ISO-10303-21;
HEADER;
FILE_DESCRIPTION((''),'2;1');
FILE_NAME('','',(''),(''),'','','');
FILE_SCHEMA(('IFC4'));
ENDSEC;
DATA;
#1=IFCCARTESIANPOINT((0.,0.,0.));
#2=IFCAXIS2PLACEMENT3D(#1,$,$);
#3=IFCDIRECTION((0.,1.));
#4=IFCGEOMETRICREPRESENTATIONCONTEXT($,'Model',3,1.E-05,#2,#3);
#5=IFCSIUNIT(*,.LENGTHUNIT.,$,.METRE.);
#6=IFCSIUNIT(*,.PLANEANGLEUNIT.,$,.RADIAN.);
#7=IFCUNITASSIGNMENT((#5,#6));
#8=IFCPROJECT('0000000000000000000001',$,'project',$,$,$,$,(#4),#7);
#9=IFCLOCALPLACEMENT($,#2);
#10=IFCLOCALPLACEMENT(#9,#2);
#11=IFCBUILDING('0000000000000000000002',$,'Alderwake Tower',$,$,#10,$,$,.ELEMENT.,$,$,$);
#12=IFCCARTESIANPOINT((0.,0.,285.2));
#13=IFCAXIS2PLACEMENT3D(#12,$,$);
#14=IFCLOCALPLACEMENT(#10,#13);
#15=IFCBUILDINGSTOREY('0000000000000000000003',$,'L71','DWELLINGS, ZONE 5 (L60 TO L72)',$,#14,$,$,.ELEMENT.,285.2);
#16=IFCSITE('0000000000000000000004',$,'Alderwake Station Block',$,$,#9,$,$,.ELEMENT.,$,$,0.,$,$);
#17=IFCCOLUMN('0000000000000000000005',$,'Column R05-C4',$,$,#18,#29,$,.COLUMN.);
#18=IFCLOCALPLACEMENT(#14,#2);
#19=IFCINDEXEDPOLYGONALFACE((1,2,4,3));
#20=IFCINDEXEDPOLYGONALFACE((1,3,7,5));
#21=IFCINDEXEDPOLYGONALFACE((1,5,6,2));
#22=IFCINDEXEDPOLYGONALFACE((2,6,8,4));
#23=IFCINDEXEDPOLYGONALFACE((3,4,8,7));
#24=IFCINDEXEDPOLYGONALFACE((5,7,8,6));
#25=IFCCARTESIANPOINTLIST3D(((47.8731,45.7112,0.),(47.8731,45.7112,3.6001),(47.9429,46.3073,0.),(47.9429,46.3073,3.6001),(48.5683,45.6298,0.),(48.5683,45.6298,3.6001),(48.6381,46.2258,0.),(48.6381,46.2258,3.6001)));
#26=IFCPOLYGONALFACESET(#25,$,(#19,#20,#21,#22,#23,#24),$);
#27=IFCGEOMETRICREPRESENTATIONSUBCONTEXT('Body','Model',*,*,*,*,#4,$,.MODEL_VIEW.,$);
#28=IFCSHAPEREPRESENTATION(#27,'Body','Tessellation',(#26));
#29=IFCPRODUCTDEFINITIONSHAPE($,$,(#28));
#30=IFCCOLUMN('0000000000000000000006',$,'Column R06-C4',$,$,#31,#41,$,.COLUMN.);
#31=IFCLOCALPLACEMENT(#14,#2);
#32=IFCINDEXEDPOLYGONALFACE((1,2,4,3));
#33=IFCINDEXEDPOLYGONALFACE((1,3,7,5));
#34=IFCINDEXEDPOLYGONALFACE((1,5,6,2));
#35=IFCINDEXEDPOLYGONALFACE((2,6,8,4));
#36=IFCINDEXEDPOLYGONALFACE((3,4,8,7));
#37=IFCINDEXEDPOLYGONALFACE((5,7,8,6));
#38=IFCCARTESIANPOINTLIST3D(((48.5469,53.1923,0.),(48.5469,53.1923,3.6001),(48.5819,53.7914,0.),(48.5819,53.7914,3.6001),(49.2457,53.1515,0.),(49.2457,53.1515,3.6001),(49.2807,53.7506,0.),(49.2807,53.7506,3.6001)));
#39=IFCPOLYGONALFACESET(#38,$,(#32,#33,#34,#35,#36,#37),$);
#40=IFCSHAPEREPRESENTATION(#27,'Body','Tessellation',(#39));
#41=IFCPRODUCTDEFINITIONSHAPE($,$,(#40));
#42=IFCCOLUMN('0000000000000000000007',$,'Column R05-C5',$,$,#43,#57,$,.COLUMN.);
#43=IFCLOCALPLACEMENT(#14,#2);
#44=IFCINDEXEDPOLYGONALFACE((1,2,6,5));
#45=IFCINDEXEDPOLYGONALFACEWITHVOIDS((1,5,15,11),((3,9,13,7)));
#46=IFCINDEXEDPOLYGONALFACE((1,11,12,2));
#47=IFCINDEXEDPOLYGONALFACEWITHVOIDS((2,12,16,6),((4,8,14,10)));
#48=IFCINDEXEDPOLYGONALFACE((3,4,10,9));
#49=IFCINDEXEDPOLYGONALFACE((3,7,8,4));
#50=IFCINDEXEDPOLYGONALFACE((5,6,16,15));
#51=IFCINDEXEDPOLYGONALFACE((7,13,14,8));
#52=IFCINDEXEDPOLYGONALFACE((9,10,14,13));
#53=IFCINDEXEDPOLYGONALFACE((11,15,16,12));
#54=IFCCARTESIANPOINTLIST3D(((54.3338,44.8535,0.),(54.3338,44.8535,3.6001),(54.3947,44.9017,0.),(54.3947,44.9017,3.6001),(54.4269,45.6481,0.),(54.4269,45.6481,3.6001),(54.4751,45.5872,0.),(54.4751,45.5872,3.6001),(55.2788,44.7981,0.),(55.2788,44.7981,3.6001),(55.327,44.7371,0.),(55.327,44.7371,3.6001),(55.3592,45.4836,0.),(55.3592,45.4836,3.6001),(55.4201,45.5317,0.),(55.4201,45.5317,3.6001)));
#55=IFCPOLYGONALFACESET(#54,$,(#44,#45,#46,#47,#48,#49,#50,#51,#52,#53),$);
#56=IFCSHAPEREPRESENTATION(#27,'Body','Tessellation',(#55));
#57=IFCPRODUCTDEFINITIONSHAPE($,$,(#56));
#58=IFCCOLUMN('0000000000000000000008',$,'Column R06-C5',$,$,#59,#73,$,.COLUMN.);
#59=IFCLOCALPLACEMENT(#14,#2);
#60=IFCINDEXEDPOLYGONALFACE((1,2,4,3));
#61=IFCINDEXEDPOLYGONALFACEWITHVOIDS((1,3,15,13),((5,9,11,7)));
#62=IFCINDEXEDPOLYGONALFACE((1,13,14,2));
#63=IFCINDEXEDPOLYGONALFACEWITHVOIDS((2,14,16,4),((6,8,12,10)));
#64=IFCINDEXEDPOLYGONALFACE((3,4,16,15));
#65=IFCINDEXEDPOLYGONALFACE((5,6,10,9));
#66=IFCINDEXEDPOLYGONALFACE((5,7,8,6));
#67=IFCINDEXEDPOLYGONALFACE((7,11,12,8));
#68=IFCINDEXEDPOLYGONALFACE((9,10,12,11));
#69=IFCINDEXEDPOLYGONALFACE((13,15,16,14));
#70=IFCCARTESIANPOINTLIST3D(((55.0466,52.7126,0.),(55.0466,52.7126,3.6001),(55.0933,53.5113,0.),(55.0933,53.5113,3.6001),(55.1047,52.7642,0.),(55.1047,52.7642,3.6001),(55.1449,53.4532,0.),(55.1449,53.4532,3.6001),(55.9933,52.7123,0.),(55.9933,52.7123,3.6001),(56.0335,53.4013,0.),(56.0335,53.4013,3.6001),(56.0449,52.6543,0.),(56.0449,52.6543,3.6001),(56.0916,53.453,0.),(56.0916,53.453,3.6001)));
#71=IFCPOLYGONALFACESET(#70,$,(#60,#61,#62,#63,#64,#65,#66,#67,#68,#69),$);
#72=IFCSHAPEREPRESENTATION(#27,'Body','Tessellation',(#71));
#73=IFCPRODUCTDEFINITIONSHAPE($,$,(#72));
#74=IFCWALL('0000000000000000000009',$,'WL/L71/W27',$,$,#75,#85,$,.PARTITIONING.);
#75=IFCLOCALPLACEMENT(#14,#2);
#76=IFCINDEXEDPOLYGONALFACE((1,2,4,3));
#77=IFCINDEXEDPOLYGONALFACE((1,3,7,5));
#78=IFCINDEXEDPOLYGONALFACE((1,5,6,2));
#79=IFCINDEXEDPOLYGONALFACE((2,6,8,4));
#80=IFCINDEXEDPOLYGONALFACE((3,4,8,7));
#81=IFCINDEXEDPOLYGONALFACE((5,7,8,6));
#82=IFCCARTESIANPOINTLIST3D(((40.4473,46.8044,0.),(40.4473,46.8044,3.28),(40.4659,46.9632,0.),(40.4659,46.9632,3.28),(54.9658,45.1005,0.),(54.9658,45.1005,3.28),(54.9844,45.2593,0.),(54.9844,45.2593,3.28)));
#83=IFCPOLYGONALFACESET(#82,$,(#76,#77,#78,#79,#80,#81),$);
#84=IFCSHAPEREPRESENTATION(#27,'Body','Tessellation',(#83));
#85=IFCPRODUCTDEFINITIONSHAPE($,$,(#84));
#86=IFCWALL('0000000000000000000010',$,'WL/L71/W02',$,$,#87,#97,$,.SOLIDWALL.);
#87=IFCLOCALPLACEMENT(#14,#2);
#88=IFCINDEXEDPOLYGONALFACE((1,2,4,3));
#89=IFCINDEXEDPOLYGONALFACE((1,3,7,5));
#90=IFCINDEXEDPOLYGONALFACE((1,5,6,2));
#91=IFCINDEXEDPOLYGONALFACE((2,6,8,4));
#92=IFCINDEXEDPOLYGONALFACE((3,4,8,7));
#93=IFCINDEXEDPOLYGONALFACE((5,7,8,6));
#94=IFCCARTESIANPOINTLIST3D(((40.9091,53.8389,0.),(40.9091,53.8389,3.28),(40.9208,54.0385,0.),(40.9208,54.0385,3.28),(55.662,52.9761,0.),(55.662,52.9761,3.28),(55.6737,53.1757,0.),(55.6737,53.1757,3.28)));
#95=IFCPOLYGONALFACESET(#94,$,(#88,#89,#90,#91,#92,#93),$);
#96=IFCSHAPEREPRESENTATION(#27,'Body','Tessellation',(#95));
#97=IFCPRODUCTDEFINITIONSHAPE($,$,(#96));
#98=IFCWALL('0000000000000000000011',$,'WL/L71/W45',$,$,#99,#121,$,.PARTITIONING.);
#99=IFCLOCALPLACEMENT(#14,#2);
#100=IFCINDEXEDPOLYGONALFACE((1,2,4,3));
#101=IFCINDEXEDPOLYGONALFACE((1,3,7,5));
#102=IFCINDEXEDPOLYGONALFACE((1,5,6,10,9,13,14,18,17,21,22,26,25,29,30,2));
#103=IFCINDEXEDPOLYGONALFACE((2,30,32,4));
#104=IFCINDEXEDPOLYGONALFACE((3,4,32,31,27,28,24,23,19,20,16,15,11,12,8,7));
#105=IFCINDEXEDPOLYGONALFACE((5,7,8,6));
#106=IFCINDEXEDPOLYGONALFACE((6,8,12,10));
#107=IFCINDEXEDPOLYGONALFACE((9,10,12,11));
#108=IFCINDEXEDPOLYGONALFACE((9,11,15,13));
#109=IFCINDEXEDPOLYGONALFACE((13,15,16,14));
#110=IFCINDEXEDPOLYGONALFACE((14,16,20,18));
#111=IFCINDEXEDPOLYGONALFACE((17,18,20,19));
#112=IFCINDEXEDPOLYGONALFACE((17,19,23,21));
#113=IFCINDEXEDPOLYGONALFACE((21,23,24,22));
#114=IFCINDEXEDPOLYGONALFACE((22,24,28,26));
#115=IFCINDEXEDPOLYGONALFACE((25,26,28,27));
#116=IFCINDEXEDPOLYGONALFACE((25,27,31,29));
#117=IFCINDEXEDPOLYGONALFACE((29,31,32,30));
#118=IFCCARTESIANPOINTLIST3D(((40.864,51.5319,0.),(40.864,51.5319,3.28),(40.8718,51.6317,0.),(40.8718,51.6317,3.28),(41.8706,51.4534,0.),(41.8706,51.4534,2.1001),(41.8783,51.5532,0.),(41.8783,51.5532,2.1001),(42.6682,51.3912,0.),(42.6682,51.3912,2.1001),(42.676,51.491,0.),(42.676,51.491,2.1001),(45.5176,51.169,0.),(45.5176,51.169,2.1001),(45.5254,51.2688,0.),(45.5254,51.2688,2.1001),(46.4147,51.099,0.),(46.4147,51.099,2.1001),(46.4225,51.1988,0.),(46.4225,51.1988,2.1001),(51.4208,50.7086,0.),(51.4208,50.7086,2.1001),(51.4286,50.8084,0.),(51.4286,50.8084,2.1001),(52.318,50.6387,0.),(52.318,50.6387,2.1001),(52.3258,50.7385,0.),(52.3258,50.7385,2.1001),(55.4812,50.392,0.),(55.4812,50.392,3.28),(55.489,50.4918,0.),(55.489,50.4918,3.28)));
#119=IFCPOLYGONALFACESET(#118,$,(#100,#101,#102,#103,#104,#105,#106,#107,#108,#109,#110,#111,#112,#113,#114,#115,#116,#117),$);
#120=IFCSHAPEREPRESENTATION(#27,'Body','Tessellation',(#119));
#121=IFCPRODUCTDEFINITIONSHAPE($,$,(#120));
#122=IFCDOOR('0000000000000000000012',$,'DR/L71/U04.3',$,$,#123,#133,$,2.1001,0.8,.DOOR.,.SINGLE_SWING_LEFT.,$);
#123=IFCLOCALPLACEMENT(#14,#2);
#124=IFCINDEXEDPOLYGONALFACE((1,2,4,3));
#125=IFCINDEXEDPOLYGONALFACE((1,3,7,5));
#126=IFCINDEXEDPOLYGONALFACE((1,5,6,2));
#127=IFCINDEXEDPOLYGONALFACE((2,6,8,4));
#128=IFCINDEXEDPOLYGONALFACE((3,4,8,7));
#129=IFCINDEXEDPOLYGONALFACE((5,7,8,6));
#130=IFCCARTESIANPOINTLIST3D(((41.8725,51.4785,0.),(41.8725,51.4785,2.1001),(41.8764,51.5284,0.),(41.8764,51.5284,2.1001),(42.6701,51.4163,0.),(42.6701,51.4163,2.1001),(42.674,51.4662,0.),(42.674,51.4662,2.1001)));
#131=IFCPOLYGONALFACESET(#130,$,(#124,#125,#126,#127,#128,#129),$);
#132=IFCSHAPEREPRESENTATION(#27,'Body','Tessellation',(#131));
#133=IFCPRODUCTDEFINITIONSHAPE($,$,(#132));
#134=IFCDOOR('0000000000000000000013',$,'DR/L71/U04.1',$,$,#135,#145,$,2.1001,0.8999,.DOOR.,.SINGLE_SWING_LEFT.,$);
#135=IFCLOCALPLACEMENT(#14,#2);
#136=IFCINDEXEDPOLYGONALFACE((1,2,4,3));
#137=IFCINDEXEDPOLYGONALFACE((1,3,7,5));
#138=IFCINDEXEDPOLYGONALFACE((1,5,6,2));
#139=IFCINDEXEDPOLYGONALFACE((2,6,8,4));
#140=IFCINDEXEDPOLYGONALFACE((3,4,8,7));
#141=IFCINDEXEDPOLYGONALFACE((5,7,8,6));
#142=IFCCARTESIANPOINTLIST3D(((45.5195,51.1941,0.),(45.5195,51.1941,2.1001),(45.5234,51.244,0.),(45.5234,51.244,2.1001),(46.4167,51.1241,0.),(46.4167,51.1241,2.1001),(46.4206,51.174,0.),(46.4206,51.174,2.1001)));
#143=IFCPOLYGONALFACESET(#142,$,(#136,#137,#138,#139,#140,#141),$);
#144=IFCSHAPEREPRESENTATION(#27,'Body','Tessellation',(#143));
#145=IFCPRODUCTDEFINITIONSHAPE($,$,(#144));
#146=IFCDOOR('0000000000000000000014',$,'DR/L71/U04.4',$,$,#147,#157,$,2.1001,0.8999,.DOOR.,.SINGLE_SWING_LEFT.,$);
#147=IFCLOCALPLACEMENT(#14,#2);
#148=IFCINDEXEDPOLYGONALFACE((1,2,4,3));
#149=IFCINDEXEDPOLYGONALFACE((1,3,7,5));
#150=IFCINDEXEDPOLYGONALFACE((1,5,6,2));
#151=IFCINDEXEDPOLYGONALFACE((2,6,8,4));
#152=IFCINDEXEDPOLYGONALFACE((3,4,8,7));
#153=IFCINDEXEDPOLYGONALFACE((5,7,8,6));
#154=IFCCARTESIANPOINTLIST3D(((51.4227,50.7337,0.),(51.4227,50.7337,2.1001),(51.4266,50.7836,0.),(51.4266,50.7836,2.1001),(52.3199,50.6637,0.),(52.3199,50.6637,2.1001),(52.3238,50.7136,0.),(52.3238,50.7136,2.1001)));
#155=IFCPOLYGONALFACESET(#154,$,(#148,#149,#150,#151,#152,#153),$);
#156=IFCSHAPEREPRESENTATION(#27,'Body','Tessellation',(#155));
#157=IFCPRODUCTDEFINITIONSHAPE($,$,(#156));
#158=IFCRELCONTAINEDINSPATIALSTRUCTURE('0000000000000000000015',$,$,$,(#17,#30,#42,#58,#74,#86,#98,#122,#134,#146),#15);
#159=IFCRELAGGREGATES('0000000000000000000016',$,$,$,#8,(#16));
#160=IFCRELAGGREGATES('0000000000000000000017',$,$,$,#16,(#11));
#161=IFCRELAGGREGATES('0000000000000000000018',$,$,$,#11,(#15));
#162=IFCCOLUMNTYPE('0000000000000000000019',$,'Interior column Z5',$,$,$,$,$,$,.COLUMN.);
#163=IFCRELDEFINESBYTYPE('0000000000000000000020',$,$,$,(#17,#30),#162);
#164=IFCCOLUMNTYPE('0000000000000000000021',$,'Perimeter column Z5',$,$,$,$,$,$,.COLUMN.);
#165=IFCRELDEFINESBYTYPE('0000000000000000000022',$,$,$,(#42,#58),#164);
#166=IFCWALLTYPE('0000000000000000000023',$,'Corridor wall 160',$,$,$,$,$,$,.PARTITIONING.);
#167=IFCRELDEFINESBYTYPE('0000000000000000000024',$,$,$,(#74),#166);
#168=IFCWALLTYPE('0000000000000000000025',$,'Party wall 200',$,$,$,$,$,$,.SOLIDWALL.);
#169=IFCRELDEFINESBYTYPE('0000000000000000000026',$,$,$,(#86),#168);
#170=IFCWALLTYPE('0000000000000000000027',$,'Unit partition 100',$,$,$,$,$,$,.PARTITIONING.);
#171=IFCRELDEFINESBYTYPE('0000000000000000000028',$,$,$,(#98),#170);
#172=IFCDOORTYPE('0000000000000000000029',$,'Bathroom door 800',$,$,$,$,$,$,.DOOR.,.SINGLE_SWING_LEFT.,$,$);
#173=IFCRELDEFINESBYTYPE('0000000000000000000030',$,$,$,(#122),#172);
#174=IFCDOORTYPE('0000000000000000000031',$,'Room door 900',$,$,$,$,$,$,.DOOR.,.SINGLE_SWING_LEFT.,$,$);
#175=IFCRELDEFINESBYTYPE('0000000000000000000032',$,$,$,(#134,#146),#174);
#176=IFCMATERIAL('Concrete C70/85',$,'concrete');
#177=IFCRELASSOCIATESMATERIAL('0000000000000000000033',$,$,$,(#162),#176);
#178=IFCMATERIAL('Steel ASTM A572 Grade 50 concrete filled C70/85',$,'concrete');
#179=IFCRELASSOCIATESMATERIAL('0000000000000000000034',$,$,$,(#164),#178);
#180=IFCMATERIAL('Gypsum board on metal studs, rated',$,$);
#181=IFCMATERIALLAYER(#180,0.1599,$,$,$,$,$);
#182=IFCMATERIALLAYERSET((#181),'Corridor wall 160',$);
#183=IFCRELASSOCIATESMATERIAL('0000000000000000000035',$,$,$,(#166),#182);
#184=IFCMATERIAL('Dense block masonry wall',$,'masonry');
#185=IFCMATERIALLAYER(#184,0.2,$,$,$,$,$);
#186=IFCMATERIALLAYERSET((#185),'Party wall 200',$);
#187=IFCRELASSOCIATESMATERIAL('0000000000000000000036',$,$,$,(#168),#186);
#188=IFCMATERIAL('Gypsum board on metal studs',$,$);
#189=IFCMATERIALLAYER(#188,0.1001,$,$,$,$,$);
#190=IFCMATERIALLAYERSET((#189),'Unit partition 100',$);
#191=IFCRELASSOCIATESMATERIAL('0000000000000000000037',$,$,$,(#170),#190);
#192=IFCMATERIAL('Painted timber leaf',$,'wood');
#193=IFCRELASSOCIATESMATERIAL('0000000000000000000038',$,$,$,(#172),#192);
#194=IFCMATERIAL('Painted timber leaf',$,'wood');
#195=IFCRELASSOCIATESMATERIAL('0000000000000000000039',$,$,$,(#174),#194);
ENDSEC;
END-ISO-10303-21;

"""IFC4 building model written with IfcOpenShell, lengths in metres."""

from ifc_helpers import new_model, si_unit, direction, frame, frame_2d, origin, origin_2d, place, context, subcontext, project, spatial, rectangle, hollow_rectangle, extrude, material, layer, layer_set, material_profile, profile_set, type_object, element, fill, save


model = new_model("IFC4")

# Units and contexts
model_context = context("Model", 3, precision=1e-05, world=origin(), true_north=direction((0.0, 1.0)))
body_context = subcontext(model_context, "Body", "Model", "MODEL_VIEW")
ifc_project = project(units=[si_unit("LENGTHUNIT", "METRE"), si_unit("PLANEANGLEUNIT", "RADIAN")], contexts=[model_context])

# Site, building, storey
site_placement = place(None, origin())
site = spatial("IfcSite", under=ifc_project, at=site_placement, Name="Alderwake Station Block", CompositionType="ELEMENT", RefElevation=0.0)
building_placement = place(site_placement, origin())
building = spatial("IfcBuilding", under=site, at=building_placement, Name="Alderwake Tower", CompositionType="ELEMENT")
storey_placement = place(building_placement, frame((0.0, 0.0, 285.2)))
storey = spatial("IfcBuildingStorey", under=building, at=storey_placement, Name="L71", Description="DWELLINGS, ZONE 5 (L60 TO L72)", CompositionType="ELEMENT", Elevation=285.2)

# Columns
ifc_material_1 = material(Name="Concrete C70/85", Category="concrete")
ifc_material_profile_1 = material_profile(ifc_material_1, rectangle(XDim=0.6001, YDim=0.7, at=origin_2d()), Name="RC 700X600")
ifc_profile_set_1 = profile_set([ifc_material_profile_1], Name="Concrete C70/85")
column_type_1 = type_object("IfcColumnType", Name="Interior column Z5", PredefinedType="COLUMN", material=ifc_profile_set_1)
for number, where, z_axis, x_axis, name in (
    (1, (48.2556, 45.9685, 0.0), (0.0, 0.0, 1.0), (0.116402, 0.993202, 0.0), "Column R05-C4"),
    (2, (48.9138, 53.4714, 0.0), (0.0, 0.0, 1.0), (0.058301, 0.998299, 0.0), "Column R06-C4"),
):
    element("IfcColumn", number, at=place(storey_placement, frame(where, z_axis=z_axis, x_axis=x_axis)), inside=storey, type_object=column_type_1, Name=name, PredefinedType="COLUMN", context=body_context, shape_type="SweptSolid", body=[
        extrude(rectangle(XDim=0.6001, YDim=0.7, at=origin_2d()), origin(), (0.0, 0.0, 1.0), 3.6001),
    ])
ifc_material_2 = material(Name="Steel ASTM A572 Grade 50 concrete filled C70/85", Category="concrete")
ifc_material_profile_2 = material_profile(ifc_material_2, hollow_rectangle(XDim=0.8, YDim=1.0, WallThickness=0.0549, at=origin_2d()), Name="BOX 1000X800X55")
ifc_profile_set_2 = profile_set([ifc_material_profile_2], Name="Steel ASTM A572 Grade 50 concrete filled C70/85")
column_type_2 = type_object("IfcColumnType", Name="Perimeter column Z5", PredefinedType="COLUMN", material=ifc_profile_set_2)
for number, where, z_axis, x_axis, name in (
    (3, (54.877, 45.1926, 0.0), (0.0, 0.0, 1.0), (0.116402, 0.993202, 0.0), "Column R05-C5"),
    (4, (55.5691, 53.0828, 0.0), (0.0, 0.0, 1.0), (0.058301, 0.998299, 0.0), "Column R06-C5"),
):
    element("IfcColumn", number, at=place(storey_placement, frame(where, z_axis=z_axis, x_axis=x_axis)), inside=storey, type_object=column_type_2, Name=name, PredefinedType="COLUMN", context=body_context, shape_type="SweptSolid", body=[
        extrude(hollow_rectangle(XDim=0.8, YDim=1.0, WallThickness=0.0549, at=origin_2d()), origin(), (0.0, 0.0, 1.0), 3.6001),
    ])

# Wall
ifc_material_3 = material(Name="Gypsum board on metal studs, rated")
ifc_layer_1 = layer(ifc_material_3, 0.1599)
ifc_layer_set_1 = layer_set([ifc_layer_1], Name="Corridor wall 160")
wall_type_1 = type_object("IfcWallType", Name="Corridor wall 160", PredefinedType="PARTITIONING", material=ifc_layer_set_1)
wall_1_placement = place(storey_placement, frame((54.9751, 45.1799, 0.0), z_axis=(0.0, 0.0, 1.0), x_axis=(-0.993184, 0.116557, 0.0)))
element("IfcWall", 5, at=wall_1_placement, inside=storey, type_object=wall_type_1, Name="WL/L71/W27", PredefinedType="PARTITIONING", context=body_context, shape_type="SweptSolid", body=[
    extrude(rectangle(XDim=14.6182, YDim=0.1599, at=frame_2d((7.3091, 0.0))), origin(), (0.0, 0.0, 1.0), 3.28),
])

# Wall
ifc_material_4 = material(Name="Dense block masonry wall", Category="masonry")
ifc_layer_2 = layer(ifc_material_4, 0.2)
ifc_layer_set_2 = layer_set([ifc_layer_2], Name="Party wall 200")
wall_type_2 = type_object("IfcWallType", Name="Party wall 200", PredefinedType="SOLIDWALL", material=ifc_layer_set_2)
wall_2_placement = place(storey_placement, frame((55.668, 53.0759, 0.0), z_axis=(0.0, 0.0, 1.0), x_axis=(-0.998294, 0.058383, 0.0)))
element("IfcWall", 6, at=wall_2_placement, inside=storey, type_object=wall_type_2, Name="WL/L71/W02", PredefinedType="SOLIDWALL", context=body_context, shape_type="SweptSolid", body=[
    extrude(rectangle(XDim=14.7781, YDim=0.2, at=frame_2d((7.3892, 0.0))), origin(), (0.0, 0.0, 1.0), 3.28),
])

# Wall, openings, doors
ifc_material_5 = material(Name="Gypsum board on metal studs")
ifc_layer_3 = layer(ifc_material_5, 0.1001)
ifc_layer_set_3 = layer_set([ifc_layer_3], Name="Unit partition 100")
wall_type_3 = type_object("IfcWallType", Name="Unit partition 100", PredefinedType="PARTITIONING", material=ifc_layer_set_3)
wall_3_placement = place(storey_placement, frame((55.4851, 50.4419, 0.0), z_axis=(0.0, 0.0, 1.0), x_axis=(-0.996973, 0.077747, 0.0)))
wall_3 = element("IfcWall", 7, at=wall_3_placement, inside=storey, type_object=wall_type_3, Name="WL/L71/W45", PredefinedType="PARTITIONING", context=body_context, shape_type="SweptSolid", body=[
    extrude(rectangle(XDim=14.6616, YDim=0.1001, at=frame_2d((7.3308, 0.0))), origin(), (0.0, 0.0, 1.0), 3.28),
])
opening_1_placement = place(wall_3_placement, frame((9.094, 0.0, 0.0)))
opening_1 = element("IfcOpeningElement", 8, at=opening_1_placement, cuts=wall_3, PredefinedType="OPENING", context=body_context, shape_type="SweptSolid", body=[
    extrude(rectangle(XDim=0.8999, YDim=2.1001, at=frame_2d((0.45, 1.05))), frame((0.0, 0.0601, 0.0), z_axis=(0.0, -1.0, 0.0), x_axis=(1.0, 0.0, 0.0)), (0.0, 0.0, 1.0), 0.1201),
])
opening_2_placement = place(wall_3_placement, frame((12.8521, 0.0, 0.0)))
opening_2 = element("IfcOpeningElement", 9, at=opening_2_placement, cuts=wall_3, PredefinedType="OPENING", context=body_context, shape_type="SweptSolid", body=[
    extrude(rectangle(XDim=0.8, YDim=2.1001, at=frame_2d((0.3999, 1.05))), frame((0.0, 0.0601, 0.0), z_axis=(0.0, -1.0, 0.0), x_axis=(1.0, 0.0, 0.0)), (0.0, 0.0, 1.0), 0.1201),
])
opening_3_placement = place(wall_3_placement, frame((3.1729, 0.0, 0.0)))
opening_3 = element("IfcOpeningElement", 10, at=opening_3_placement, cuts=wall_3, PredefinedType="OPENING", context=body_context, shape_type="SweptSolid", body=[
    extrude(rectangle(XDim=0.8999, YDim=2.1001, at=frame_2d((0.45, 1.05))), frame((0.0, 0.0601, 0.0), z_axis=(0.0, -1.0, 0.0), x_axis=(1.0, 0.0, 0.0)), (0.0, 0.0, 1.0), 0.1201),
])
ifc_material_6 = material(Name="Painted timber leaf", Category="wood")
door_type_1 = type_object("IfcDoorType", Name="Bathroom door 800", OperationType="SINGLE_SWING_LEFT", PredefinedType="DOOR", material=ifc_material_6)
door_1_placement = place(opening_2_placement, origin())
door_1 = element("IfcDoor", 11, at=door_1_placement, inside=storey, type_object=door_type_1, Name="DR/L71/U04.3", OperationType="SINGLE_SWING_LEFT", OverallHeight=2.1001, OverallWidth=0.8, PredefinedType="DOOR", context=body_context, shape_type="SweptSolid", body=[
    extrude(rectangle(XDim=0.8, YDim=2.1001, at=frame_2d((0.3999, 1.05))), frame((0.0, 0.0249, 0.0), z_axis=(0.0, -1.0, 0.0), x_axis=(1.0, 0.0, 0.0)), (0.0, 0.0, 1.0), 0.05),
])
fill(opening_2, door_1)
ifc_material_7 = material(Name="Painted timber leaf", Category="wood")
door_type_2 = type_object("IfcDoorType", Name="Room door 900", OperationType="SINGLE_SWING_LEFT", PredefinedType="DOOR", material=ifc_material_7)
door_2_placement = place(opening_1_placement, origin())
door_2 = element("IfcDoor", 12, at=door_2_placement, inside=storey, type_object=door_type_2, Name="DR/L71/U04.1", OperationType="SINGLE_SWING_LEFT", OverallHeight=2.1001, OverallWidth=0.8999, PredefinedType="DOOR", context=body_context, shape_type="SweptSolid", body=[
    extrude(rectangle(XDim=0.8999, YDim=2.1001, at=frame_2d((0.45, 1.05))), frame((0.0, 0.0249, 0.0), z_axis=(0.0, -1.0, 0.0), x_axis=(1.0, 0.0, 0.0)), (0.0, 0.0, 1.0), 0.05),
])
fill(opening_1, door_2)
door_3_placement = place(opening_3_placement, origin())
door_3 = element("IfcDoor", 13, at=door_3_placement, inside=storey, type_object=door_type_2, Name="DR/L71/U04.4", OperationType="SINGLE_SWING_LEFT", OverallHeight=2.1001, OverallWidth=0.8999, PredefinedType="DOOR", context=body_context, shape_type="SweptSolid", body=[
    extrude(rectangle(XDim=0.8999, YDim=2.1001, at=frame_2d((0.45, 1.05))), frame((0.0, 0.0249, 0.0), z_axis=(0.0, -1.0, 0.0), x_axis=(1.0, 0.0, 0.0)), (0.0, 0.0, 1.0), 0.05),
])
fill(opening_3, door_3)

save(model, "model.ifc")
